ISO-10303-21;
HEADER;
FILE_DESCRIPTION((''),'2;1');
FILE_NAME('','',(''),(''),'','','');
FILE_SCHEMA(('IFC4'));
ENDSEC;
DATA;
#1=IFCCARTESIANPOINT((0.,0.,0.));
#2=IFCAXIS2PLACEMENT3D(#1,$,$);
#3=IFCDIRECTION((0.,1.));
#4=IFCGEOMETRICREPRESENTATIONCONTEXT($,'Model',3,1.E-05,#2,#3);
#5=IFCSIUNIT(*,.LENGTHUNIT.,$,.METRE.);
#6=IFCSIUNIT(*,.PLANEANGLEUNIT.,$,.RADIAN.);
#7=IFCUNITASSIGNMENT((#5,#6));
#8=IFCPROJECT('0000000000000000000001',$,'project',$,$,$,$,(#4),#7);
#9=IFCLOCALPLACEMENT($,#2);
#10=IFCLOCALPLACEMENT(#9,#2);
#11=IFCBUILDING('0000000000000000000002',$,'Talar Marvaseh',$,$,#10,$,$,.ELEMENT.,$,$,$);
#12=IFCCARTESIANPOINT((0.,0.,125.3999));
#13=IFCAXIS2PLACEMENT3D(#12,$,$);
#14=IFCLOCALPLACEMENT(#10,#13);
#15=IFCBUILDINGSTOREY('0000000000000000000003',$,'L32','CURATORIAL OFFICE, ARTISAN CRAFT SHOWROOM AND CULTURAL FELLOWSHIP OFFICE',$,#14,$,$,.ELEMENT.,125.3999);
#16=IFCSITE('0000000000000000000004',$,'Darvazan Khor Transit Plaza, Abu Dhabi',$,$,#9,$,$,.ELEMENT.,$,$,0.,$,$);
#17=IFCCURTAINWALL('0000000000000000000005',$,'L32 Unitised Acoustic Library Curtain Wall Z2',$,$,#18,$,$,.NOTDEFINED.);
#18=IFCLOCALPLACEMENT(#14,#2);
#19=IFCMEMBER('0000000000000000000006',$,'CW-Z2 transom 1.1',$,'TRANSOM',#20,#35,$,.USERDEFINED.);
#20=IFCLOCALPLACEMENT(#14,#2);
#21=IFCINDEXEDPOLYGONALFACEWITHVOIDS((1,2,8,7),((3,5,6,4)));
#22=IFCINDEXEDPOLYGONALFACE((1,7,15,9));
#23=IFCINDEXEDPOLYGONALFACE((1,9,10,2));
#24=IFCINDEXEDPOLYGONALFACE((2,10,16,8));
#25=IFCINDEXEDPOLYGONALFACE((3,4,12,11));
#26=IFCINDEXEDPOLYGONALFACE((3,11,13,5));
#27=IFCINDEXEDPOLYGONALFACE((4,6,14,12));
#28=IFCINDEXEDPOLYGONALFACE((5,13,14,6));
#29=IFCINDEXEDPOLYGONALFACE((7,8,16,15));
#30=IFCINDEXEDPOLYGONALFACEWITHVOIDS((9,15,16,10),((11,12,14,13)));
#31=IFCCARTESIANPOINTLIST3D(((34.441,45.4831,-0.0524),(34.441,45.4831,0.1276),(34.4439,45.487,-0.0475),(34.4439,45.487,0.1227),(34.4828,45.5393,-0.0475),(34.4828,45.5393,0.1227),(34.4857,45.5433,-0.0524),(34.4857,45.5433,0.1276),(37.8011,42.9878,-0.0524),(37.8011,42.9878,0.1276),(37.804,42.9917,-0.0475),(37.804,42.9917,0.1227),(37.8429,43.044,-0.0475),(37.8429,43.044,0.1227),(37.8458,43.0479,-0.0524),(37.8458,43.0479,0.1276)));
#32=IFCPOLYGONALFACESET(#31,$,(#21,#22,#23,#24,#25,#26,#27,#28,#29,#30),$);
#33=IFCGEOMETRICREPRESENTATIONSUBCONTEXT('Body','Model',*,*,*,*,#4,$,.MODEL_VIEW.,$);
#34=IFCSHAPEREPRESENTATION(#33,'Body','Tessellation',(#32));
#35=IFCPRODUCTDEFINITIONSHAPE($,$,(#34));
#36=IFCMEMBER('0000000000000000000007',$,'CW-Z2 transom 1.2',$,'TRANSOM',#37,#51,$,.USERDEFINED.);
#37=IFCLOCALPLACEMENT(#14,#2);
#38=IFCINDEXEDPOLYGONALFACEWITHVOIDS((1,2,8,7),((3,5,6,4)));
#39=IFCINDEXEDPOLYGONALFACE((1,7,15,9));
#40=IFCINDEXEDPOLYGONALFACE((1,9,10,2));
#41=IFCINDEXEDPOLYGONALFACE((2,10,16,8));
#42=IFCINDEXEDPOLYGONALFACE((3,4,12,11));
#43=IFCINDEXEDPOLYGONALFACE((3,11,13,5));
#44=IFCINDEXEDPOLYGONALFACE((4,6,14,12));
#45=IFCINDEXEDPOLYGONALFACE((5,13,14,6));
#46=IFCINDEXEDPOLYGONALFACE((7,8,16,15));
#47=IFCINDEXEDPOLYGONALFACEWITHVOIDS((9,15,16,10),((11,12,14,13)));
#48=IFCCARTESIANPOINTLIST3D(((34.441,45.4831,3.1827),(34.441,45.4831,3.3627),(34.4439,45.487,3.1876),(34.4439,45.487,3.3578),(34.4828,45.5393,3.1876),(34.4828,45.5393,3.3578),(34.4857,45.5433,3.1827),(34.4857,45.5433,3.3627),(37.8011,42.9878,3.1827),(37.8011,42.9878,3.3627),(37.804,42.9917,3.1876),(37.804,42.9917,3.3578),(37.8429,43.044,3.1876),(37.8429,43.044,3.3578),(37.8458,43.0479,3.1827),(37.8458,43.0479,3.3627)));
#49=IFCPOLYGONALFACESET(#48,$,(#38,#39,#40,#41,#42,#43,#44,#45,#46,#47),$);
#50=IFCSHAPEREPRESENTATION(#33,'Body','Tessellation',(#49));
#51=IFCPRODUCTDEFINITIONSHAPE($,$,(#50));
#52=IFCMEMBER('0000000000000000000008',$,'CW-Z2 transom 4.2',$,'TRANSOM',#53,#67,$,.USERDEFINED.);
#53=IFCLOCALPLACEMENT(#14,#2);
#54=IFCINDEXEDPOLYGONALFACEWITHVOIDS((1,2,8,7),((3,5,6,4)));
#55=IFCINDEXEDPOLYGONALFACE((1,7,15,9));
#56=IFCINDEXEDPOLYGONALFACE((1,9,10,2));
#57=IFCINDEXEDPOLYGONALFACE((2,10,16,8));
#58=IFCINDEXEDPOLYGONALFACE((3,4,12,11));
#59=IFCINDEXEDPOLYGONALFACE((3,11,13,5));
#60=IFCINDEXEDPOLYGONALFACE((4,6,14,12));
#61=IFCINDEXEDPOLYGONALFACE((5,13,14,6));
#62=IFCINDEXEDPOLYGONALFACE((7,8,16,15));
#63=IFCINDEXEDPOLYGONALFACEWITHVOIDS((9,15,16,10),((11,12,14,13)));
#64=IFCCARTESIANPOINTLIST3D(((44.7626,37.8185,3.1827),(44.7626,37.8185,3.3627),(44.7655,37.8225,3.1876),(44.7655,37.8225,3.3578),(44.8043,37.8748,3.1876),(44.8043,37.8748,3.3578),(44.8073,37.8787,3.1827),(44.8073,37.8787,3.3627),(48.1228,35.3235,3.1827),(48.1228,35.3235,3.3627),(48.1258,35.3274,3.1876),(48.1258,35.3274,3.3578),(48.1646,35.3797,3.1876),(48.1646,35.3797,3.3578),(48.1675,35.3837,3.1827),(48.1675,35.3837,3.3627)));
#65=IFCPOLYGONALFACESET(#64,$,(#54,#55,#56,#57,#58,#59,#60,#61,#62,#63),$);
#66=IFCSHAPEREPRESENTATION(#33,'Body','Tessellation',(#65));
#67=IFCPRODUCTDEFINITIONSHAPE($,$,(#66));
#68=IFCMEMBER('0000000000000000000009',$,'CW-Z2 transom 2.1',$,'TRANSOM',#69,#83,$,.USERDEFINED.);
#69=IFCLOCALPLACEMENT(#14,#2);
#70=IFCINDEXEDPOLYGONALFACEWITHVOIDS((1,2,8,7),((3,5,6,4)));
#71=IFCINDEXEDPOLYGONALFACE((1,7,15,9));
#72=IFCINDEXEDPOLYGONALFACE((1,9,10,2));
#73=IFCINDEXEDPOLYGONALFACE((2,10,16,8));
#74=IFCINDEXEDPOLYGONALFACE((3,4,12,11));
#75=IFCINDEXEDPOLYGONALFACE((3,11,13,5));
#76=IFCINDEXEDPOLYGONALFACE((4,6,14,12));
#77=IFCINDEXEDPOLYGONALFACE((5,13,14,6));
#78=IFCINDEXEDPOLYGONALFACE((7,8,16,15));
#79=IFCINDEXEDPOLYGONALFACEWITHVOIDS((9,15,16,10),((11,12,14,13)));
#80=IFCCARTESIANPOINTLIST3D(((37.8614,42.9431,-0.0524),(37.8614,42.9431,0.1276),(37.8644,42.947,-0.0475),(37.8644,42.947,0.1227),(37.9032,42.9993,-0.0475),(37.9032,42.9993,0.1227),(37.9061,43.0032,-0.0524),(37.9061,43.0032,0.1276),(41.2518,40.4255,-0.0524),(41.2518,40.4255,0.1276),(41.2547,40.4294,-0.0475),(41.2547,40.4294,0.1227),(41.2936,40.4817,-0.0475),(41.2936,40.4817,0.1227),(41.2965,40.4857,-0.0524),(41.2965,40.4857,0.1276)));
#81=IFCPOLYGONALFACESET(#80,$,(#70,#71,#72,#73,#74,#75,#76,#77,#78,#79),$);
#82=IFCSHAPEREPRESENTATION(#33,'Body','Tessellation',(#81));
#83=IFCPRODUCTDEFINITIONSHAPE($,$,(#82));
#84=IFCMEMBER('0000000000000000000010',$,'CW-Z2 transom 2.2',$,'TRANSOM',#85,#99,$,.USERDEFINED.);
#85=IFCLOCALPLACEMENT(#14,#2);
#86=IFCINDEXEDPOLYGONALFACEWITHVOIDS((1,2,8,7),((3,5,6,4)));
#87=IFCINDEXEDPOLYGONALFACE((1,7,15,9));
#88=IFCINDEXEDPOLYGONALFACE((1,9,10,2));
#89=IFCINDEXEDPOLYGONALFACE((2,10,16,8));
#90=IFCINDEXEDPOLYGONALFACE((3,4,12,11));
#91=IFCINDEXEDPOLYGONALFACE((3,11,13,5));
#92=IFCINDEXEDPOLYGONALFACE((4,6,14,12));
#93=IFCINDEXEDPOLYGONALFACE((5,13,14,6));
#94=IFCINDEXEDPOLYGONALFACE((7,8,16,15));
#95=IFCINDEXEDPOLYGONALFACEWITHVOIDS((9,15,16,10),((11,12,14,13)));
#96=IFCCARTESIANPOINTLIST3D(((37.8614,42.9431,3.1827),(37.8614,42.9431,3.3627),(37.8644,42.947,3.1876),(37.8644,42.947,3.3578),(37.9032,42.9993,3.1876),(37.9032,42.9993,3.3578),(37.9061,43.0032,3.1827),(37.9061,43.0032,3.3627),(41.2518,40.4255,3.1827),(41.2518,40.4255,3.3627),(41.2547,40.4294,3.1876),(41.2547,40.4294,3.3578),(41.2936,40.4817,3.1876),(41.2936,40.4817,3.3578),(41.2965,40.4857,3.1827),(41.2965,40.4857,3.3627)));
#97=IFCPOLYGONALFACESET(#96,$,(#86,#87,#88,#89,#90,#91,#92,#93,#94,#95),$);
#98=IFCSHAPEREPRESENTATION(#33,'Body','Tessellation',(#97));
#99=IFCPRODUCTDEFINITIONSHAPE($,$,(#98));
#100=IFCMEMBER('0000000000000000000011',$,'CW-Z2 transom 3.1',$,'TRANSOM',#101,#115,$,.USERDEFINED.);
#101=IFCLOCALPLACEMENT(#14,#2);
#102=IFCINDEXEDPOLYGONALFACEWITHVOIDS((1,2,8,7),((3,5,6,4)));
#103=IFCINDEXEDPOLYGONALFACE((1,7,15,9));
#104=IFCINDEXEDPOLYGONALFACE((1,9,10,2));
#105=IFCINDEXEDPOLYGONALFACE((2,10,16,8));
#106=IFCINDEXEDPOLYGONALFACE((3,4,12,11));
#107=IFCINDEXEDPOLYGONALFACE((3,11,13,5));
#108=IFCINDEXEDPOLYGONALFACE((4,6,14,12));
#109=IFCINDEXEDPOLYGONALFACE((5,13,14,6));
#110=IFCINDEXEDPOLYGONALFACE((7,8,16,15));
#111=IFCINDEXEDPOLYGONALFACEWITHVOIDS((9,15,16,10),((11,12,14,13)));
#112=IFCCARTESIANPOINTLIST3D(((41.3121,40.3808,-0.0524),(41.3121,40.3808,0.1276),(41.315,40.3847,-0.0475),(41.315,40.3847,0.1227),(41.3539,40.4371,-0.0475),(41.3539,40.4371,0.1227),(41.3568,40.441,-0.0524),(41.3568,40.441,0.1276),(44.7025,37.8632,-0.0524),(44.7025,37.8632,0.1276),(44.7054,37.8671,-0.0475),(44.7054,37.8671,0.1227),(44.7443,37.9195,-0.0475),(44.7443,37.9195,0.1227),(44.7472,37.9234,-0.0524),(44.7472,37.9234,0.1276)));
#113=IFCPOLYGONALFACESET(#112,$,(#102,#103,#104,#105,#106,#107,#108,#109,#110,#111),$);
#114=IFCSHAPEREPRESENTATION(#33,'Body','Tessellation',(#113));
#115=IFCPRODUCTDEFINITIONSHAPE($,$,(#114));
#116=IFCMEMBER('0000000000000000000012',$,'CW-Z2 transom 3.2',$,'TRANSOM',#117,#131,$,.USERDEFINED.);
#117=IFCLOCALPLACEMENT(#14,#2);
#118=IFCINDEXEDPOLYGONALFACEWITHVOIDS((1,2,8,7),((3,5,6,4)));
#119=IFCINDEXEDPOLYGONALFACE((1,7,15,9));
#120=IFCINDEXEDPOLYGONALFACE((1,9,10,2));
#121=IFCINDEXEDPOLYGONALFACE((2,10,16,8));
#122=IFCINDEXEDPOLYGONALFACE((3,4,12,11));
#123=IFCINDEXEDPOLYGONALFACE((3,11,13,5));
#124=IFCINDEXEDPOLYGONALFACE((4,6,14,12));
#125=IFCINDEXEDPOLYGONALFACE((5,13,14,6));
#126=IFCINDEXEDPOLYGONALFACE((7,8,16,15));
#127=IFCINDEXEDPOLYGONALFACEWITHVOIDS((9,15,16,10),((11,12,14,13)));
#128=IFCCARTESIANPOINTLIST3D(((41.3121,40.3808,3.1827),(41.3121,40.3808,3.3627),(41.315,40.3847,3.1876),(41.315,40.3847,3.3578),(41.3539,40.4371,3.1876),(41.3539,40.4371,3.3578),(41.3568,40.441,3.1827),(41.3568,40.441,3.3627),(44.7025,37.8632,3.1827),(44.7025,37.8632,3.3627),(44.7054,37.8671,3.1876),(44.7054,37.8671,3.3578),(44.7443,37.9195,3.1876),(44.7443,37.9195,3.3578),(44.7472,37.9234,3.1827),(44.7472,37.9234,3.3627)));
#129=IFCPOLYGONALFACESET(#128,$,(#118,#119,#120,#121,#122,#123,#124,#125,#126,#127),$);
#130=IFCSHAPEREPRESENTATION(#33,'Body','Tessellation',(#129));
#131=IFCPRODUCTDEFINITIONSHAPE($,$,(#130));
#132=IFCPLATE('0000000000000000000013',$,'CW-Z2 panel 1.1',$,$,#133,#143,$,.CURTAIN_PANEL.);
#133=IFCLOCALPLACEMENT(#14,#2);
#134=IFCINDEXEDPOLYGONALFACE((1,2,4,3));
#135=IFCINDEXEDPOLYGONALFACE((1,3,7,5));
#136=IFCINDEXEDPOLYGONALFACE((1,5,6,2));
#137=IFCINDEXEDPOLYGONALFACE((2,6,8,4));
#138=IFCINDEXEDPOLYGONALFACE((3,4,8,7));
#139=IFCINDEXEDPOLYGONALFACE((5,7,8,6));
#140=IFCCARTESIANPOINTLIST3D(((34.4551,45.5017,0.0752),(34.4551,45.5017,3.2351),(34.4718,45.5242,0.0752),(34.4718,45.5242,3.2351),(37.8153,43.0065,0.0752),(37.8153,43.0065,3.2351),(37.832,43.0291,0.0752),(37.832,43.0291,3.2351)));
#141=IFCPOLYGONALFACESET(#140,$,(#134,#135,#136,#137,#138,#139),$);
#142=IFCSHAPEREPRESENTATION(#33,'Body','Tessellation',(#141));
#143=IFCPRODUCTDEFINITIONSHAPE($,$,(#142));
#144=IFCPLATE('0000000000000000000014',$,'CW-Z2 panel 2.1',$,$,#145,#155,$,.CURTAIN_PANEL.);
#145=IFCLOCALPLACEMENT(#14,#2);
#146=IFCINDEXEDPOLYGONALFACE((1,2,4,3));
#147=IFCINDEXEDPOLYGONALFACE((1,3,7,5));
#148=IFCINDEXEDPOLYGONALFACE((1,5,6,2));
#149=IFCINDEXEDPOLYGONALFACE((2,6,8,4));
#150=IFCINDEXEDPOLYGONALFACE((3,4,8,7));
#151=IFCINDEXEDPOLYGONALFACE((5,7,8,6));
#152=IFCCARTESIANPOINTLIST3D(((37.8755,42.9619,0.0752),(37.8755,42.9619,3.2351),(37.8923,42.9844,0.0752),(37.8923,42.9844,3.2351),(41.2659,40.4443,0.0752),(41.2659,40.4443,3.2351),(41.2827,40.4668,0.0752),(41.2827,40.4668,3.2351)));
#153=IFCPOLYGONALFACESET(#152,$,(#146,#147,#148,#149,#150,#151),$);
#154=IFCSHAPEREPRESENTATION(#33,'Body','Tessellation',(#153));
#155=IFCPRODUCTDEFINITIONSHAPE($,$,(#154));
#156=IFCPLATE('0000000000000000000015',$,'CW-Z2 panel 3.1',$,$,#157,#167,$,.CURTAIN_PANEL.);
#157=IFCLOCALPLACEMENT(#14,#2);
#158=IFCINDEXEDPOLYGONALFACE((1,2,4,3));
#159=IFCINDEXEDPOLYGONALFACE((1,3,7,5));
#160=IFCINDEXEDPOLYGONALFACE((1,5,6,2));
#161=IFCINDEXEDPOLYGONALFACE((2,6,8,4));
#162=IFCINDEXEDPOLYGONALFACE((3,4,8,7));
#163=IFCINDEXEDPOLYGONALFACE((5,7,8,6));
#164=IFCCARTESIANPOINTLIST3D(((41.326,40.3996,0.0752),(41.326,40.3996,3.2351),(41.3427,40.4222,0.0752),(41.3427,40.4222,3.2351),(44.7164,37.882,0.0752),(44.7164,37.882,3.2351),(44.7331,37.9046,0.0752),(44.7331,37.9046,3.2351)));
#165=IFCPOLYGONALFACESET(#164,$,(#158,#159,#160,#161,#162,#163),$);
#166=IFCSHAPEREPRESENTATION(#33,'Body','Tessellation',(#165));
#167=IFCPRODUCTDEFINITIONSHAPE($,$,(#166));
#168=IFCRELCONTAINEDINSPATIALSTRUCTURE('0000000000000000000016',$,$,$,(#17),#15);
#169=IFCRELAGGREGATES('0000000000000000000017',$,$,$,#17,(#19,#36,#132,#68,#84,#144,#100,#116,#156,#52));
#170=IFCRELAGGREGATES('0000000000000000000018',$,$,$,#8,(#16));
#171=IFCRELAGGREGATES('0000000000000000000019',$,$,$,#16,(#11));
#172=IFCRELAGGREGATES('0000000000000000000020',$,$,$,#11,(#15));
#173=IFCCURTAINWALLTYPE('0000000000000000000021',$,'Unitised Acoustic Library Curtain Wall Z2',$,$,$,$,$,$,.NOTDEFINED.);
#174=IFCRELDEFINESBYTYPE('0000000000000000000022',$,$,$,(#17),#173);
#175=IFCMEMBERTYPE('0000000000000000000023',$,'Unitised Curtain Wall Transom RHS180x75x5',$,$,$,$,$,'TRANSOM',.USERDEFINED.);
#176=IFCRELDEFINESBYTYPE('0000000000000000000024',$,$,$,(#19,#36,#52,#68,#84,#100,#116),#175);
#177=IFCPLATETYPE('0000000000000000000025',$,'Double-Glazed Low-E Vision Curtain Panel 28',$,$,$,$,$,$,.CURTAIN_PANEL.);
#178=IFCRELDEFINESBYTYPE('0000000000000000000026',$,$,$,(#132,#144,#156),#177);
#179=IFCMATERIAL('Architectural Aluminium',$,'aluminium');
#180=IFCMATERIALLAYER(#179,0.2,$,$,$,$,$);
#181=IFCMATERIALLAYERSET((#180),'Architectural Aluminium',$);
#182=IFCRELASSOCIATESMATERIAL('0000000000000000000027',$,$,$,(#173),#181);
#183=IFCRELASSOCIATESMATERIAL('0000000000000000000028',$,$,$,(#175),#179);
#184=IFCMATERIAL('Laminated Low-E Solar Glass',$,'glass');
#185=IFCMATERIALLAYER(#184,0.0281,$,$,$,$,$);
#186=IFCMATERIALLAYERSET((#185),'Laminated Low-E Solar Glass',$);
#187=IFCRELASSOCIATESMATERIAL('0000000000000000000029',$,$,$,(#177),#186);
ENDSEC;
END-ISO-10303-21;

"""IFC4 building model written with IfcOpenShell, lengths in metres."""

from ifc_helpers import new_model, si_unit, direction, frame, origin, origin_2d, place, context, subcontext, project, spatial, rectangle, hollow_rectangle, extrude, source, transform, mapped, material, layer, layer_set, material_profile, profile_set, type_object, type_shapes, element, aggregate, save


model = new_model("IFC4")

# Units and contexts
model_context = context("Model", 3, precision=1e-05, world=origin(), true_north=direction((0.0, 1.0)))
body_context = subcontext(model_context, "Body", "Model", "MODEL_VIEW")
ifc_project = project(units=[si_unit("LENGTHUNIT", "METRE"), si_unit("PLANEANGLEUNIT", "RADIAN")], contexts=[model_context])

# Site, building, storey
site_placement = place(None, origin())
site = spatial("IfcSite", under=ifc_project, at=site_placement, Name="Darvazan Khor Transit Plaza, Abu Dhabi", CompositionType="ELEMENT", RefElevation=0.0)
building_placement = place(site_placement, origin())
building = spatial("IfcBuilding", under=site, at=building_placement, Name="Talar Marvaseh", CompositionType="ELEMENT")
storey_placement = place(building_placement, frame((0.0, 0.0, 125.3999)))
storey = spatial("IfcBuildingStorey", under=building, at=storey_placement, Name="L32", Description="CURATORIAL OFFICE, ARTISAN CRAFT SHOWROOM AND CULTURAL FELLOWSHIP OFFICE", CompositionType="ELEMENT", Elevation=125.3999)

# Curtain wall, members, plates
ifc_material_1 = material(Name="Architectural Aluminium", Category="aluminium")
ifc_layer_1 = layer(ifc_material_1, 0.2)
ifc_layer_set_1 = layer_set([ifc_layer_1], Name="Architectural Aluminium")
curtain_wall_type = type_object("IfcCurtainWallType", Name="Unitised Acoustic Library Curtain Wall Z2", PredefinedType="NOTDEFINED", material=ifc_layer_set_1)
curtain_wall_placement = place(storey_placement, origin())
curtain_wall = element("IfcCurtainWall", 1, at=curtain_wall_placement, inside=storey, type_object=curtain_wall_type, Name="L32 Unitised Acoustic Library Curtain Wall Z2", PredefinedType="NOTDEFINED")
ifc_material_profile_1 = material_profile(ifc_material_1, hollow_rectangle(XDim=0.075, YDim=0.1799, WallThickness=0.0049, at=origin_2d()), Name="RHS180x75x5")
ifc_profile_set_1 = profile_set([ifc_material_profile_1], Name="Architectural Aluminium")
member_type_1 = type_object("IfcMemberType", Name="Unitised Curtain Wall Transom RHS180x75x5", ElementType="TRANSOM", PredefinedType="USERDEFINED", material=ifc_profile_set_1)
shared_shape_1 = source(origin(), body_context, "Body", "SweptSolid", [
    extrude(hollow_rectangle(XDim=0.075, YDim=0.1799, WallThickness=0.0049, at=origin_2d()), origin(), (0.0, 0.0, 1.0), 4.1853),
])
member_1_placement = place(storey_placement, frame((34.4634, 45.5132, 0.0376), z_axis=(0.802826, -0.596213, 0.0), x_axis=(0.596213, 0.802826, 0.0)))
member_1 = element("IfcMember", 2, at=member_1_placement, type_object=member_type_1, Name="CW-Z2 transom 1.1", ObjectType="TRANSOM", PredefinedType="USERDEFINED", context=body_context, shape_type="MappedRepresentation", body=[
    mapped(shared_shape_1, transform((0.0, 0.0, 0.0), x_axis=(1.0, 0.0, 0.0), y_axis=(0.0, 1.0, 0.0), z_axis=(0.0, 0.0, 1.0), scale=1.0)),
])
member_2_placement = place(storey_placement, frame((34.4634, 45.5132, 3.2727), z_axis=(0.802826, -0.596213, 0.0), x_axis=(0.596213, 0.802826, 0.0)))
member_2 = element("IfcMember", 3, at=member_2_placement, type_object=member_type_1, Name="CW-Z2 transom 1.2", ObjectType="TRANSOM", PredefinedType="USERDEFINED", context=body_context, shape_type="MappedRepresentation", body=[
    mapped(shared_shape_1, transform((0.0, 0.0, 0.0), x_axis=(1.0, 0.0, 0.0), y_axis=(0.0, 1.0, 0.0), z_axis=(0.0, 0.0, 1.0), scale=1.0)),
])
member_3_placement = place(storey_placement, frame((44.7849, 37.8486, 3.2727), z_axis=(0.802875, -0.596148, 0.0), x_axis=(0.596148, 0.802875, 0.0)))
member_3 = element("IfcMember", 4, at=member_3_placement, type_object=member_type_1, Name="CW-Z2 transom 4.2", ObjectType="TRANSOM", PredefinedType="USERDEFINED", context=body_context, shape_type="MappedRepresentation", body=[
    mapped(shared_shape_1, transform((0.0, 0.0, 0.0), x_axis=(1.0, 0.0, 0.0), y_axis=(0.0, 1.0, 0.0), z_axis=(0.0, 0.0, 1.0), scale=1.0)),
])
shared_shape_2 = source(origin(), body_context, "Body", "SweptSolid", [
    extrude(hollow_rectangle(XDim=0.075, YDim=0.1799, WallThickness=0.0049, at=origin_2d()), origin(), (0.0, 0.0, 1.0), 4.2229),
])
type_shapes(member_type_1, [shared_shape_1, shared_shape_2])
member_4_placement = place(storey_placement, frame((37.8838, 42.9731, 0.0376), z_axis=(0.802856, -0.596173, 0.0), x_axis=(0.596173, 0.802856, 0.0)))
member_4 = element("IfcMember", 5, at=member_4_placement, type_object=member_type_1, Name="CW-Z2 transom 2.1", ObjectType="TRANSOM", PredefinedType="USERDEFINED", context=body_context, shape_type="MappedRepresentation", body=[
    mapped(shared_shape_2, transform((0.0, 0.0, 0.0), x_axis=(1.0, 0.0, 0.0), y_axis=(0.0, 1.0, 0.0), z_axis=(0.0, 0.0, 1.0), scale=1.0)),
])
member_5_placement = place(storey_placement, frame((37.8838, 42.9731, 3.2727), z_axis=(0.802856, -0.596173, 0.0), x_axis=(0.596173, 0.802856, 0.0)))
member_5 = element("IfcMember", 6, at=member_5_placement, type_object=member_type_1, Name="CW-Z2 transom 2.2", ObjectType="TRANSOM", PredefinedType="USERDEFINED", context=body_context, shape_type="MappedRepresentation", body=[
    mapped(shared_shape_2, transform((0.0, 0.0, 0.0), x_axis=(1.0, 0.0, 0.0), y_axis=(0.0, 1.0, 0.0), z_axis=(0.0, 0.0, 1.0), scale=1.0)),
])
member_6_placement = place(storey_placement, frame((41.3345, 40.4109, 0.0376), z_axis=(0.802856, -0.596173, 0.0), x_axis=(0.596173, 0.802856, 0.0)))
member_6 = element("IfcMember", 7, at=member_6_placement, type_object=member_type_1, Name="CW-Z2 transom 3.1", ObjectType="TRANSOM", PredefinedType="USERDEFINED", context=body_context, shape_type="MappedRepresentation", body=[
    mapped(shared_shape_2, transform((0.0, 0.0, 0.0), x_axis=(1.0, 0.0, 0.0), y_axis=(0.0, 1.0, 0.0), z_axis=(0.0, 0.0, 1.0), scale=1.0)),
])
member_7_placement = place(storey_placement, frame((41.3345, 40.4109, 3.2727), z_axis=(0.802856, -0.596173, 0.0), x_axis=(0.596173, 0.802856, 0.0)))
member_7 = element("IfcMember", 8, at=member_7_placement, type_object=member_type_1, Name="CW-Z2 transom 3.2", ObjectType="TRANSOM", PredefinedType="USERDEFINED", context=body_context, shape_type="MappedRepresentation", body=[
    mapped(shared_shape_2, transform((0.0, 0.0, 0.0), x_axis=(1.0, 0.0, 0.0), y_axis=(0.0, 1.0, 0.0), z_axis=(0.0, 0.0, 1.0), scale=1.0)),
])
ifc_material_2 = material(Name="Laminated Low-E Solar Glass", Category="glass")
ifc_layer_2 = layer(ifc_material_2, 0.0281)
ifc_layer_set_2 = layer_set([ifc_layer_2], Name="Laminated Low-E Solar Glass")
plate_type = type_object("IfcPlateType", Name="Double-Glazed Low-E Vision Curtain Panel 28", PredefinedType="CURTAIN_PANEL", material=ifc_layer_set_2)
shared_shape_3 = source(origin(), body_context, "Body", "SweptSolid", [
    extrude(rectangle(XDim=4.1853, YDim=0.0281, at=origin_2d()), origin(), (0.0, 0.0, 1.0), 3.1599),
])
plate_1_placement = place(storey_placement, frame((36.1436, 44.2654, 0.0752), z_axis=(0.0, 0.0, 1.0), x_axis=(0.802858, -0.59617, 0.0)))
plate_1 = element("IfcPlate", 9, at=plate_1_placement, type_object=plate_type, Name="CW-Z2 panel 1.1", PredefinedType="CURTAIN_PANEL", context=body_context, shape_type="MappedRepresentation", body=[
    mapped(shared_shape_3, transform((0.0, 0.0, 0.0), x_axis=(1.0, 0.0, 0.0), y_axis=(0.0, 1.0, 0.0), z_axis=(0.0, 0.0, 1.0), scale=1.0)),
])
shared_shape_4 = source(origin(), body_context, "Body", "SweptSolid", [
    extrude(rectangle(XDim=4.2229, YDim=0.0281, at=origin_2d()), origin(), (0.0, 0.0, 1.0), 3.1599),
])
type_shapes(plate_type, [shared_shape_3, shared_shape_4])
plate_2_placement = place(storey_placement, frame((39.5791, 41.7144, 0.0752), z_axis=(0.0, 0.0, 1.0), x_axis=(0.802858, -0.59617, 0.0)))
plate_2 = element("IfcPlate", 10, at=plate_2_placement, type_object=plate_type, Name="CW-Z2 panel 2.1", PredefinedType="CURTAIN_PANEL", context=body_context, shape_type="MappedRepresentation", body=[
    mapped(shared_shape_4, transform((0.0, 0.0, 0.0), x_axis=(1.0, 0.0, 0.0), y_axis=(0.0, 1.0, 0.0), z_axis=(0.0, 0.0, 1.0), scale=1.0)),
])
plate_3_placement = place(storey_placement, frame((43.0295, 39.1521, 0.0752), z_axis=(0.0, 0.0, 1.0), x_axis=(0.802858, -0.59617, 0.0)))
plate_3 = element("IfcPlate", 11, at=plate_3_placement, type_object=plate_type, Name="CW-Z2 panel 3.1", PredefinedType="CURTAIN_PANEL", context=body_context, shape_type="MappedRepresentation", body=[
    mapped(shared_shape_4, transform((0.0, 0.0, 0.0), x_axis=(1.0, 0.0, 0.0), y_axis=(0.0, 1.0, 0.0), z_axis=(0.0, 0.0, 1.0), scale=1.0)),
])
aggregate(curtain_wall, [member_1, member_2, plate_1, member_4, member_5, plate_2, member_6, member_7, plate_3, member_3])

save(model, "model.ifc")
